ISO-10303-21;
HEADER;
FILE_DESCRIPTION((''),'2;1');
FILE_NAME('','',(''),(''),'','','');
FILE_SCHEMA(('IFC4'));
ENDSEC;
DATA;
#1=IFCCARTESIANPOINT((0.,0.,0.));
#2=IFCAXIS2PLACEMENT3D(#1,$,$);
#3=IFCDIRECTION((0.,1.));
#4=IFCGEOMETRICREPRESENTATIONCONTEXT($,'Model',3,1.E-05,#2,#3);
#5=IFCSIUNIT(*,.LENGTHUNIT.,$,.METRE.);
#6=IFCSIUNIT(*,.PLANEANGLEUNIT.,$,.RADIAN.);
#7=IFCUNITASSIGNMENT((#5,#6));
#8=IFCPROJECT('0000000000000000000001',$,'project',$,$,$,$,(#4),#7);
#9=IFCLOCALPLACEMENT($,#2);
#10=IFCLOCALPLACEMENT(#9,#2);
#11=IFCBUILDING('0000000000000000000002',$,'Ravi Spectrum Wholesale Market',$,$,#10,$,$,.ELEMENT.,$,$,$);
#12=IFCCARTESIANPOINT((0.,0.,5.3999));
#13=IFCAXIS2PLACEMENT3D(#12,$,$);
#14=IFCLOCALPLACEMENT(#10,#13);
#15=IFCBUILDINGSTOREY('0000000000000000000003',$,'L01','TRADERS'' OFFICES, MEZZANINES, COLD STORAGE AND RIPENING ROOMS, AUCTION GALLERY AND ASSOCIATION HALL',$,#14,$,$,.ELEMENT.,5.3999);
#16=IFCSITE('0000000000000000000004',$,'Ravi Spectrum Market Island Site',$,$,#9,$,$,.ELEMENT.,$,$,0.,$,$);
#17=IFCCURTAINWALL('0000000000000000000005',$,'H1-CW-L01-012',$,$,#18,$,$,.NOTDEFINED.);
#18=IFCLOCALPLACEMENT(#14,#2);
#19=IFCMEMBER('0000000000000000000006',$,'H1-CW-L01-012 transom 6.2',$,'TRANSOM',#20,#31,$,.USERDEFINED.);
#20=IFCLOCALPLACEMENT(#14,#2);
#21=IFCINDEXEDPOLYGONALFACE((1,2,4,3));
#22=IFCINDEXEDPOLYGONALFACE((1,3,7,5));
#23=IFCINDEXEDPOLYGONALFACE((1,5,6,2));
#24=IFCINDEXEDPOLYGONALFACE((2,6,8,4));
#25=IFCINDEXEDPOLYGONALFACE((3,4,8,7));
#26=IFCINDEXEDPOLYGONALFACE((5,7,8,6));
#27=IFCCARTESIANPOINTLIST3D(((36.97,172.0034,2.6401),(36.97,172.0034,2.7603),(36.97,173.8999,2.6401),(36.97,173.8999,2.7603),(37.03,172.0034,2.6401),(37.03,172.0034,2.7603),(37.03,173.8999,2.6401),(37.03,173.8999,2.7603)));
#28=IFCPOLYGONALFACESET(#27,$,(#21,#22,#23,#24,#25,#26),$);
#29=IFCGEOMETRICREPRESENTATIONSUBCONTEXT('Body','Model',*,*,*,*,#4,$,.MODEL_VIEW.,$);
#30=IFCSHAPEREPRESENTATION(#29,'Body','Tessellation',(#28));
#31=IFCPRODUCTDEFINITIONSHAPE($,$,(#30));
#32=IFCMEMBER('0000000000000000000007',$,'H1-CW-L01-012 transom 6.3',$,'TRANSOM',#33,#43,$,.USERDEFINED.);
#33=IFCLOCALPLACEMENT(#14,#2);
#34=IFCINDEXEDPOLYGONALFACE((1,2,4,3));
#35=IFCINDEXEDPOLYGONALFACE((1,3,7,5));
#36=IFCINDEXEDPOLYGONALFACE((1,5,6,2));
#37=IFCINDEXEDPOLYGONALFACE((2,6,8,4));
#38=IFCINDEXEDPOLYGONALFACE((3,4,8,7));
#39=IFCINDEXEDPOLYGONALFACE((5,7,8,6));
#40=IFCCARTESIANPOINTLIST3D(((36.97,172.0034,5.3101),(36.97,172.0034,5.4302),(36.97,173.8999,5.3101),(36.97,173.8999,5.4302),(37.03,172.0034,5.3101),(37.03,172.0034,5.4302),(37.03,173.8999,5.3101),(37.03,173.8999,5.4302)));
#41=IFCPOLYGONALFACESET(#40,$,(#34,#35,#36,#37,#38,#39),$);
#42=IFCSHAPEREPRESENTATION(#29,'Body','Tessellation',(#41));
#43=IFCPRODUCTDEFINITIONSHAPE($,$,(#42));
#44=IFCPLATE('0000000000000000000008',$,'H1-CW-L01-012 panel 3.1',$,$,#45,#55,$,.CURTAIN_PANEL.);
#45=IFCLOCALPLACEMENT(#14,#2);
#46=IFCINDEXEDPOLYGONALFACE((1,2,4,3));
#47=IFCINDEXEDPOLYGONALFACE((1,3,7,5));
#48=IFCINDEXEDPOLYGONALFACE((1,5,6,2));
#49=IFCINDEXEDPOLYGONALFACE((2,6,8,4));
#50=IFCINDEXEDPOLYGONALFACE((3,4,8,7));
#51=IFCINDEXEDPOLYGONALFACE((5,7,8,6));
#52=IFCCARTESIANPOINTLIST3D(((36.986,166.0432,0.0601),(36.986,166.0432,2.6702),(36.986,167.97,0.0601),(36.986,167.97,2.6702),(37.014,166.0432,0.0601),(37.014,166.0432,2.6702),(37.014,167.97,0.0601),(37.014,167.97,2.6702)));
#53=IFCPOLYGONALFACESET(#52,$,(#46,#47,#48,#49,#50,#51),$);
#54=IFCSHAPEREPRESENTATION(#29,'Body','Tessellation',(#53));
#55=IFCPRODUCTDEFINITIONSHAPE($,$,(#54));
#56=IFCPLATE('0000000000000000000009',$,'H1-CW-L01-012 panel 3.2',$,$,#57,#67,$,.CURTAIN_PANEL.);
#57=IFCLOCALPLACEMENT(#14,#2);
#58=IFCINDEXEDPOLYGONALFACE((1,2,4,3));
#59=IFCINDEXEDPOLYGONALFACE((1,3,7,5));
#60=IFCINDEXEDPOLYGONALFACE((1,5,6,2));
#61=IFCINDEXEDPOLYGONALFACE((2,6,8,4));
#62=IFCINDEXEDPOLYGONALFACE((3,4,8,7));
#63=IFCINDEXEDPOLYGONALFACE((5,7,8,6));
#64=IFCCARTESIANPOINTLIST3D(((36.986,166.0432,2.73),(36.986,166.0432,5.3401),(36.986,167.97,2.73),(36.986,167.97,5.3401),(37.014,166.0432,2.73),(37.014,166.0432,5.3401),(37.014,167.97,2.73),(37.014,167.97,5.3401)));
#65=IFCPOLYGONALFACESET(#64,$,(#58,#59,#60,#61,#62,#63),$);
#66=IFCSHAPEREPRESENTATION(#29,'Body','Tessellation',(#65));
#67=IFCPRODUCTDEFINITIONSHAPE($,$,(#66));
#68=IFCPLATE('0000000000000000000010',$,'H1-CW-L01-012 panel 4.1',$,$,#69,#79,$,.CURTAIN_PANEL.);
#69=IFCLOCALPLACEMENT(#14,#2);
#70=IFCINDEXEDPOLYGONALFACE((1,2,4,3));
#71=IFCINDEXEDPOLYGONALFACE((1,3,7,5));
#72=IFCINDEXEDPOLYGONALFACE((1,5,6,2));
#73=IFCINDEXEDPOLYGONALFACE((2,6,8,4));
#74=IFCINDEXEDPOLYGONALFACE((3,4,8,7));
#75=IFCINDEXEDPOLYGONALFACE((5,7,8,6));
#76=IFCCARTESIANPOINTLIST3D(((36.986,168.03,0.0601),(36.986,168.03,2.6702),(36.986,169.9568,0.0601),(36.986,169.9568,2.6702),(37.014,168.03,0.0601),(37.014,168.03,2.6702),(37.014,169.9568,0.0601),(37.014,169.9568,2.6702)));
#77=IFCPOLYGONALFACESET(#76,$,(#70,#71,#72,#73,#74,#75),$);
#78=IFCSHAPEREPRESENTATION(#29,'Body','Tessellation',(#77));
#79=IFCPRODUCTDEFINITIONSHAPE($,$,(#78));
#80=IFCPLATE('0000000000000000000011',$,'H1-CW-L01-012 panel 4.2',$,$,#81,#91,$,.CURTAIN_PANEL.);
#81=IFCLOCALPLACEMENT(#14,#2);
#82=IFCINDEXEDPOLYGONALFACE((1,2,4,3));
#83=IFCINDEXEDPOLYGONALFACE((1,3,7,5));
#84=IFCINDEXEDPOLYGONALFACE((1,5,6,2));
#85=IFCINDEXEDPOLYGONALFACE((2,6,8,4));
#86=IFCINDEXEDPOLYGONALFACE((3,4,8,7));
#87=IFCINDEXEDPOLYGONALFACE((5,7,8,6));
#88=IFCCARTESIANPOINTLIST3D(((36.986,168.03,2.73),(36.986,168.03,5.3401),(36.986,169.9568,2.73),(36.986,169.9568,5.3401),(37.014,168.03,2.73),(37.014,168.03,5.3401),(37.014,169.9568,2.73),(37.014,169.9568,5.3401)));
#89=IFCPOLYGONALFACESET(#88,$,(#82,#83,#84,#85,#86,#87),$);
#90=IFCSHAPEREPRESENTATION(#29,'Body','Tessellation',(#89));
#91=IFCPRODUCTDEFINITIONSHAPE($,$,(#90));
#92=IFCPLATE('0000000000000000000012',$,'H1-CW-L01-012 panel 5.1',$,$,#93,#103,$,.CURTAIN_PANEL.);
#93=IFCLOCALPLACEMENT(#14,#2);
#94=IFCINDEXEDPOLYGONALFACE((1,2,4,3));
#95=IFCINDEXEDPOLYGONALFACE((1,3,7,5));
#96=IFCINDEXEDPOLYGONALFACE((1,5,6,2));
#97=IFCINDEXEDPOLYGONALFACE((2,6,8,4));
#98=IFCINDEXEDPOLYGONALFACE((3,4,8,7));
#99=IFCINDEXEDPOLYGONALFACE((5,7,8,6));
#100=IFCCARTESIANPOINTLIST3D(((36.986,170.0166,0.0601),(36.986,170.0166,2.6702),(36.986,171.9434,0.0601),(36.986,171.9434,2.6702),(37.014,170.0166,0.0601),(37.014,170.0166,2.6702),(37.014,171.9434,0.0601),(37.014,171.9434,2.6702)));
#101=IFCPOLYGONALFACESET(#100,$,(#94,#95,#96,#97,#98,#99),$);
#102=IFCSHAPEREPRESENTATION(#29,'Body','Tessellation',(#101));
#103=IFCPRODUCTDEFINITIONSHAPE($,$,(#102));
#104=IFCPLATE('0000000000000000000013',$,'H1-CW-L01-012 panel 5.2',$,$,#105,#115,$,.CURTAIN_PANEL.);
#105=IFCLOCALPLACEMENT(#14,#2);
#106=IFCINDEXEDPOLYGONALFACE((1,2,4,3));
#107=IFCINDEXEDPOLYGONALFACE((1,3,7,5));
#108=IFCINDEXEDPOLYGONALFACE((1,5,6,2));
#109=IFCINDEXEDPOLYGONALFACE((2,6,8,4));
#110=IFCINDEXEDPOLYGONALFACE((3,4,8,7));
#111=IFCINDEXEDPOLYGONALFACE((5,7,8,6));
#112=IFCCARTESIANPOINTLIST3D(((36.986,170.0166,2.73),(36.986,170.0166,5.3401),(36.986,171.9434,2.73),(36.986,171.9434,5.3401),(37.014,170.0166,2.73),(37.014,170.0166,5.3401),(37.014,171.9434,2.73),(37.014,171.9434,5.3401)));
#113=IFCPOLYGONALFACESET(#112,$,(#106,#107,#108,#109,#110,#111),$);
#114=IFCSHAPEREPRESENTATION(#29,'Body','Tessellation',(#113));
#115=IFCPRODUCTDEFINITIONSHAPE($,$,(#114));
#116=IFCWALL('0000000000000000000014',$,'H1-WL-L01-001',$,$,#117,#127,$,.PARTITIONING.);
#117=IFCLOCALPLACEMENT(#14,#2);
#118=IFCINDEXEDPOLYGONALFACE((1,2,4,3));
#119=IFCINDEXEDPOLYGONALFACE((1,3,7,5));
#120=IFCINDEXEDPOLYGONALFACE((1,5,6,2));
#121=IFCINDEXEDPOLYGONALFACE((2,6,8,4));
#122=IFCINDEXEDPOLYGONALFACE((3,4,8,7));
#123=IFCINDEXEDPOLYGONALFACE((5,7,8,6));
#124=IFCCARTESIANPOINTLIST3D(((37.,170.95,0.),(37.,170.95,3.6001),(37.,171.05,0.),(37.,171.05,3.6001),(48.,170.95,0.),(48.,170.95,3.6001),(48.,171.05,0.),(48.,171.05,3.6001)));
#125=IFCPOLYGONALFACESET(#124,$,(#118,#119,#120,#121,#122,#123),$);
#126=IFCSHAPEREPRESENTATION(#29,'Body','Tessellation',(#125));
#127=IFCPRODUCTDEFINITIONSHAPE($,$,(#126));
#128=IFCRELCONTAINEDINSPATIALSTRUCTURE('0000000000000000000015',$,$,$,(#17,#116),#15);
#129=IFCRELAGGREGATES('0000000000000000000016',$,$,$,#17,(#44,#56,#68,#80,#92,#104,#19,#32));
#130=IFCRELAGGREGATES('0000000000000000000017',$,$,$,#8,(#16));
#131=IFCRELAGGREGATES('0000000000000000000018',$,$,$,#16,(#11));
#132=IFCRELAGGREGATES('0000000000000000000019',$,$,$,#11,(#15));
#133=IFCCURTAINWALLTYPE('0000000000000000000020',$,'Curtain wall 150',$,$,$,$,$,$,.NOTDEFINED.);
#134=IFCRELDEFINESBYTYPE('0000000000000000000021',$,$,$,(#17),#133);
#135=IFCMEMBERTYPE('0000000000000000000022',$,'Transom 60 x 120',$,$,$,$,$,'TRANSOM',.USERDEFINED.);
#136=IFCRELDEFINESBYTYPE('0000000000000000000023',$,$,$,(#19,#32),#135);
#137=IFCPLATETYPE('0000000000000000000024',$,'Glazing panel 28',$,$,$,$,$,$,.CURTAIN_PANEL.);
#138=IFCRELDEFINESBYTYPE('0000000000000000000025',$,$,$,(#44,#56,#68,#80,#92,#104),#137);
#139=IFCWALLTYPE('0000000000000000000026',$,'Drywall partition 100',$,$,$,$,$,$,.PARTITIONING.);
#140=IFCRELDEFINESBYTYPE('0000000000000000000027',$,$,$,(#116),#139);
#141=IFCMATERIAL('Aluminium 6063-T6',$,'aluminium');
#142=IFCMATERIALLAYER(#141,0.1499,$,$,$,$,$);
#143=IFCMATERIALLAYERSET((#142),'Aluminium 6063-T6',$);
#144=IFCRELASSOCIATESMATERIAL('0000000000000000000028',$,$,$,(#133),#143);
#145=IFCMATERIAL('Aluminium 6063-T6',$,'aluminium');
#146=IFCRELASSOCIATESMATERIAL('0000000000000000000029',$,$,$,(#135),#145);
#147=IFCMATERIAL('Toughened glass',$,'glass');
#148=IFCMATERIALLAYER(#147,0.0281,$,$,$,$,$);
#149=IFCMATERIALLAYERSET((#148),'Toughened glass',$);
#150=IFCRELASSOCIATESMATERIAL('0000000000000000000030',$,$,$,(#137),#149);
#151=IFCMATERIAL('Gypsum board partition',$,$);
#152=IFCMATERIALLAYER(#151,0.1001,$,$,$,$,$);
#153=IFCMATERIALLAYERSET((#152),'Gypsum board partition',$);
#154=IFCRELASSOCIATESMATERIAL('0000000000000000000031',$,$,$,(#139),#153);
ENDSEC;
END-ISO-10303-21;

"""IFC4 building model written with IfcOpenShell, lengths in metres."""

from ifc_helpers import new_model, si_unit, direction, frame, frame_2d, origin, origin_2d, place, context, subcontext, project, spatial, rectangle, extrude, material, layer, layer_set, material_profile, profile_set, type_object, element, aggregate, save


model = new_model("IFC4")

# Units and contexts
model_context = context("Model", 3, precision=1e-05, world=origin(), true_north=direction((0.0, 1.0)))
body_context = subcontext(model_context, "Body", "Model", "MODEL_VIEW")
ifc_project = project(units=[si_unit("LENGTHUNIT", "METRE"), si_unit("PLANEANGLEUNIT", "RADIAN")], contexts=[model_context])

# Site, building, storey
site_placement = place(None, origin())
site = spatial("IfcSite", under=ifc_project, at=site_placement, Name="Ravi Spectrum Market Island Site", CompositionType="ELEMENT", RefElevation=0.0)
building_placement = place(site_placement, origin())
building = spatial("IfcBuilding", under=site, at=building_placement, Name="Ravi Spectrum Wholesale Market", CompositionType="ELEMENT")
storey_placement = place(building_placement, frame((0.0, 0.0, 5.3999)))
storey = spatial("IfcBuildingStorey", under=building, at=storey_placement, Name="L01", Description="TRADERS' OFFICES, MEZZANINES, COLD STORAGE AND RIPENING ROOMS, AUCTION GALLERY AND ASSOCIATION HALL", CompositionType="ELEMENT", Elevation=5.3999)

# Curtain wall, members, plates
ifc_material_1 = material(Name="Aluminium 6063-T6", Category="aluminium")
ifc_layer_1 = layer(ifc_material_1, 0.1499)
ifc_layer_set_1 = layer_set([ifc_layer_1], Name="Aluminium 6063-T6")
curtain_wall_type = type_object("IfcCurtainWallType", Name="Curtain wall 150", PredefinedType="NOTDEFINED", material=ifc_layer_set_1)
curtain_wall_placement = place(storey_placement, origin())
curtain_wall = element("IfcCurtainWall", 1, at=curtain_wall_placement, inside=storey, type_object=curtain_wall_type, Name="H1-CW-L01-012", PredefinedType="NOTDEFINED")
ifc_material_2 = material(Name="Aluminium 6063-T6", Category="aluminium")
ifc_material_profile_1 = material_profile(ifc_material_2, rectangle(XDim=0.0601, YDim=0.1201, at=origin_2d()))
ifc_profile_set_1 = profile_set([ifc_material_profile_1], Name="Aluminium 6063-T6")
member_type_1 = type_object("IfcMemberType", Name="Transom 60 x 120", ElementType="TRANSOM", PredefinedType="USERDEFINED", material=ifc_profile_set_1)
member_1_placement = place(storey_placement, frame((37.0, 172.0034, 2.7002), z_axis=(0.0, 1.0, 0.0), x_axis=(-1.0, 0.0, 0.0)))
member_1 = element("IfcMember", 2, at=member_1_placement, type_object=member_type_1, Name="H1-CW-L01-012 transom 6.2", ObjectType="TRANSOM", PredefinedType="USERDEFINED", context=body_context, shape_type="SweptSolid", body=[
    extrude(rectangle(XDim=0.0601, YDim=0.1201, at=origin_2d()), origin(), (0.0, 0.0, 1.0), 1.8965),
])
member_2_placement = place(storey_placement, frame((37.0, 172.0034, 5.3701), z_axis=(0.0, 1.0, 0.0), x_axis=(-1.0, 0.0, 0.0)))
member_2 = element("IfcMember", 3, at=member_2_placement, type_object=member_type_1, Name="H1-CW-L01-012 transom 6.3", ObjectType="TRANSOM", PredefinedType="USERDEFINED", context=body_context, shape_type="SweptSolid", body=[
    extrude(rectangle(XDim=0.0601, YDim=0.1201, at=origin_2d()), origin(), (0.0, 0.0, 1.0), 1.8965),
])
ifc_material_3 = material(Name="Toughened glass", Category="glass")
ifc_layer_2 = layer(ifc_material_3, 0.0281)
ifc_layer_set_2 = layer_set([ifc_layer_2], Name="Toughened glass")
plate_type = type_object("IfcPlateType", Name="Glazing panel 28", PredefinedType="CURTAIN_PANEL", material=ifc_layer_set_2)
plate_1_placement = place(storey_placement, frame((37.0, 167.0066, 0.0601), z_axis=(0.0, 0.0, 1.0), x_axis=(0.0, 1.0, 0.0)))
plate_1 = element("IfcPlate", 4, at=plate_1_placement, type_object=plate_type, Name="H1-CW-L01-012 panel 3.1", PredefinedType="CURTAIN_PANEL", context=body_context, shape_type="SweptSolid", body=[
    extrude(rectangle(XDim=1.9268, YDim=0.0281, at=origin_2d()), origin(), (0.0, 0.0, 1.0), 2.6101),
])
plate_2_placement = place(storey_placement, frame((37.0, 167.0066, 2.73), z_axis=(0.0, 0.0, 1.0), x_axis=(0.0, 1.0, 0.0)))
plate_2 = element("IfcPlate", 5, at=plate_2_placement, type_object=plate_type, Name="H1-CW-L01-012 panel 3.2", PredefinedType="CURTAIN_PANEL", context=body_context, shape_type="SweptSolid", body=[
    extrude(rectangle(XDim=1.9268, YDim=0.0281, at=origin_2d()), origin(), (0.0, 0.0, 1.0), 2.6101),
])
plate_3_placement = place(storey_placement, frame((37.0, 168.9934, 0.0601), z_axis=(0.0, 0.0, 1.0), x_axis=(0.0, 1.0, 0.0)))
plate_3 = element("IfcPlate", 6, at=plate_3_placement, type_object=plate_type, Name="H1-CW-L01-012 panel 4.1", PredefinedType="CURTAIN_PANEL", context=body_context, shape_type="SweptSolid", body=[
    extrude(rectangle(XDim=1.9268, YDim=0.0281, at=origin_2d()), origin(), (0.0, 0.0, 1.0), 2.6101),
])
plate_4_placement = place(storey_placement, frame((37.0, 168.9934, 2.73), z_axis=(0.0, 0.0, 1.0), x_axis=(0.0, 1.0, 0.0)))
plate_4 = element("IfcPlate", 7, at=plate_4_placement, type_object=plate_type, Name="H1-CW-L01-012 panel 4.2", PredefinedType="CURTAIN_PANEL", context=body_context, shape_type="SweptSolid", body=[
    extrude(rectangle(XDim=1.9268, YDim=0.0281, at=origin_2d()), origin(), (0.0, 0.0, 1.0), 2.6101),
])
plate_5_placement = place(storey_placement, frame((37.0, 170.98, 0.0601), z_axis=(0.0, 0.0, 1.0), x_axis=(0.0, 1.0, 0.0)))
plate_5 = element("IfcPlate", 8, at=plate_5_placement, type_object=plate_type, Name="H1-CW-L01-012 panel 5.1", PredefinedType="CURTAIN_PANEL", context=body_context, shape_type="SweptSolid", body=[
    extrude(rectangle(XDim=1.9268, YDim=0.0281, at=origin_2d()), origin(), (0.0, 0.0, 1.0), 2.6101),
])
plate_6_placement = place(storey_placement, frame((37.0, 170.98, 2.73), z_axis=(0.0, 0.0, 1.0), x_axis=(0.0, 1.0, 0.0)))
plate_6 = element("IfcPlate", 9, at=plate_6_placement, type_object=plate_type, Name="H1-CW-L01-012 panel 5.2", PredefinedType="CURTAIN_PANEL", context=body_context, shape_type="SweptSolid", body=[
    extrude(rectangle(XDim=1.9268, YDim=0.0281, at=origin_2d()), origin(), (0.0, 0.0, 1.0), 2.6101),
])
aggregate(curtain_wall, [plate_1, plate_2, plate_3, plate_4, plate_5, plate_6, member_1, member_2])

# Wall
ifc_material_4 = material(Name="Gypsum board partition")
ifc_layer_3 = layer(ifc_material_4, 0.1001)
ifc_layer_set_3 = layer_set([ifc_layer_3], Name="Gypsum board partition")
wall_type = type_object("IfcWallType", Name="Drywall partition 100", PredefinedType="PARTITIONING", material=ifc_layer_set_3)
wall_placement = place(storey_placement, frame((37.0, 171.0, 0.0), z_axis=(0.0, 0.0, 1.0), x_axis=(1.0, 0.0, 0.0)))
element("IfcWall", 10, at=wall_placement, inside=storey, type_object=wall_type, Name="H1-WL-L01-001", PredefinedType="PARTITIONING", context=body_context, shape_type="SweptSolid", body=[
    extrude(rectangle(XDim=11.0, YDim=0.1001, at=frame_2d((5.5, 0.0))), origin(), (0.0, 0.0, 1.0), 3.6001),
])

save(model, "model.ifc")
